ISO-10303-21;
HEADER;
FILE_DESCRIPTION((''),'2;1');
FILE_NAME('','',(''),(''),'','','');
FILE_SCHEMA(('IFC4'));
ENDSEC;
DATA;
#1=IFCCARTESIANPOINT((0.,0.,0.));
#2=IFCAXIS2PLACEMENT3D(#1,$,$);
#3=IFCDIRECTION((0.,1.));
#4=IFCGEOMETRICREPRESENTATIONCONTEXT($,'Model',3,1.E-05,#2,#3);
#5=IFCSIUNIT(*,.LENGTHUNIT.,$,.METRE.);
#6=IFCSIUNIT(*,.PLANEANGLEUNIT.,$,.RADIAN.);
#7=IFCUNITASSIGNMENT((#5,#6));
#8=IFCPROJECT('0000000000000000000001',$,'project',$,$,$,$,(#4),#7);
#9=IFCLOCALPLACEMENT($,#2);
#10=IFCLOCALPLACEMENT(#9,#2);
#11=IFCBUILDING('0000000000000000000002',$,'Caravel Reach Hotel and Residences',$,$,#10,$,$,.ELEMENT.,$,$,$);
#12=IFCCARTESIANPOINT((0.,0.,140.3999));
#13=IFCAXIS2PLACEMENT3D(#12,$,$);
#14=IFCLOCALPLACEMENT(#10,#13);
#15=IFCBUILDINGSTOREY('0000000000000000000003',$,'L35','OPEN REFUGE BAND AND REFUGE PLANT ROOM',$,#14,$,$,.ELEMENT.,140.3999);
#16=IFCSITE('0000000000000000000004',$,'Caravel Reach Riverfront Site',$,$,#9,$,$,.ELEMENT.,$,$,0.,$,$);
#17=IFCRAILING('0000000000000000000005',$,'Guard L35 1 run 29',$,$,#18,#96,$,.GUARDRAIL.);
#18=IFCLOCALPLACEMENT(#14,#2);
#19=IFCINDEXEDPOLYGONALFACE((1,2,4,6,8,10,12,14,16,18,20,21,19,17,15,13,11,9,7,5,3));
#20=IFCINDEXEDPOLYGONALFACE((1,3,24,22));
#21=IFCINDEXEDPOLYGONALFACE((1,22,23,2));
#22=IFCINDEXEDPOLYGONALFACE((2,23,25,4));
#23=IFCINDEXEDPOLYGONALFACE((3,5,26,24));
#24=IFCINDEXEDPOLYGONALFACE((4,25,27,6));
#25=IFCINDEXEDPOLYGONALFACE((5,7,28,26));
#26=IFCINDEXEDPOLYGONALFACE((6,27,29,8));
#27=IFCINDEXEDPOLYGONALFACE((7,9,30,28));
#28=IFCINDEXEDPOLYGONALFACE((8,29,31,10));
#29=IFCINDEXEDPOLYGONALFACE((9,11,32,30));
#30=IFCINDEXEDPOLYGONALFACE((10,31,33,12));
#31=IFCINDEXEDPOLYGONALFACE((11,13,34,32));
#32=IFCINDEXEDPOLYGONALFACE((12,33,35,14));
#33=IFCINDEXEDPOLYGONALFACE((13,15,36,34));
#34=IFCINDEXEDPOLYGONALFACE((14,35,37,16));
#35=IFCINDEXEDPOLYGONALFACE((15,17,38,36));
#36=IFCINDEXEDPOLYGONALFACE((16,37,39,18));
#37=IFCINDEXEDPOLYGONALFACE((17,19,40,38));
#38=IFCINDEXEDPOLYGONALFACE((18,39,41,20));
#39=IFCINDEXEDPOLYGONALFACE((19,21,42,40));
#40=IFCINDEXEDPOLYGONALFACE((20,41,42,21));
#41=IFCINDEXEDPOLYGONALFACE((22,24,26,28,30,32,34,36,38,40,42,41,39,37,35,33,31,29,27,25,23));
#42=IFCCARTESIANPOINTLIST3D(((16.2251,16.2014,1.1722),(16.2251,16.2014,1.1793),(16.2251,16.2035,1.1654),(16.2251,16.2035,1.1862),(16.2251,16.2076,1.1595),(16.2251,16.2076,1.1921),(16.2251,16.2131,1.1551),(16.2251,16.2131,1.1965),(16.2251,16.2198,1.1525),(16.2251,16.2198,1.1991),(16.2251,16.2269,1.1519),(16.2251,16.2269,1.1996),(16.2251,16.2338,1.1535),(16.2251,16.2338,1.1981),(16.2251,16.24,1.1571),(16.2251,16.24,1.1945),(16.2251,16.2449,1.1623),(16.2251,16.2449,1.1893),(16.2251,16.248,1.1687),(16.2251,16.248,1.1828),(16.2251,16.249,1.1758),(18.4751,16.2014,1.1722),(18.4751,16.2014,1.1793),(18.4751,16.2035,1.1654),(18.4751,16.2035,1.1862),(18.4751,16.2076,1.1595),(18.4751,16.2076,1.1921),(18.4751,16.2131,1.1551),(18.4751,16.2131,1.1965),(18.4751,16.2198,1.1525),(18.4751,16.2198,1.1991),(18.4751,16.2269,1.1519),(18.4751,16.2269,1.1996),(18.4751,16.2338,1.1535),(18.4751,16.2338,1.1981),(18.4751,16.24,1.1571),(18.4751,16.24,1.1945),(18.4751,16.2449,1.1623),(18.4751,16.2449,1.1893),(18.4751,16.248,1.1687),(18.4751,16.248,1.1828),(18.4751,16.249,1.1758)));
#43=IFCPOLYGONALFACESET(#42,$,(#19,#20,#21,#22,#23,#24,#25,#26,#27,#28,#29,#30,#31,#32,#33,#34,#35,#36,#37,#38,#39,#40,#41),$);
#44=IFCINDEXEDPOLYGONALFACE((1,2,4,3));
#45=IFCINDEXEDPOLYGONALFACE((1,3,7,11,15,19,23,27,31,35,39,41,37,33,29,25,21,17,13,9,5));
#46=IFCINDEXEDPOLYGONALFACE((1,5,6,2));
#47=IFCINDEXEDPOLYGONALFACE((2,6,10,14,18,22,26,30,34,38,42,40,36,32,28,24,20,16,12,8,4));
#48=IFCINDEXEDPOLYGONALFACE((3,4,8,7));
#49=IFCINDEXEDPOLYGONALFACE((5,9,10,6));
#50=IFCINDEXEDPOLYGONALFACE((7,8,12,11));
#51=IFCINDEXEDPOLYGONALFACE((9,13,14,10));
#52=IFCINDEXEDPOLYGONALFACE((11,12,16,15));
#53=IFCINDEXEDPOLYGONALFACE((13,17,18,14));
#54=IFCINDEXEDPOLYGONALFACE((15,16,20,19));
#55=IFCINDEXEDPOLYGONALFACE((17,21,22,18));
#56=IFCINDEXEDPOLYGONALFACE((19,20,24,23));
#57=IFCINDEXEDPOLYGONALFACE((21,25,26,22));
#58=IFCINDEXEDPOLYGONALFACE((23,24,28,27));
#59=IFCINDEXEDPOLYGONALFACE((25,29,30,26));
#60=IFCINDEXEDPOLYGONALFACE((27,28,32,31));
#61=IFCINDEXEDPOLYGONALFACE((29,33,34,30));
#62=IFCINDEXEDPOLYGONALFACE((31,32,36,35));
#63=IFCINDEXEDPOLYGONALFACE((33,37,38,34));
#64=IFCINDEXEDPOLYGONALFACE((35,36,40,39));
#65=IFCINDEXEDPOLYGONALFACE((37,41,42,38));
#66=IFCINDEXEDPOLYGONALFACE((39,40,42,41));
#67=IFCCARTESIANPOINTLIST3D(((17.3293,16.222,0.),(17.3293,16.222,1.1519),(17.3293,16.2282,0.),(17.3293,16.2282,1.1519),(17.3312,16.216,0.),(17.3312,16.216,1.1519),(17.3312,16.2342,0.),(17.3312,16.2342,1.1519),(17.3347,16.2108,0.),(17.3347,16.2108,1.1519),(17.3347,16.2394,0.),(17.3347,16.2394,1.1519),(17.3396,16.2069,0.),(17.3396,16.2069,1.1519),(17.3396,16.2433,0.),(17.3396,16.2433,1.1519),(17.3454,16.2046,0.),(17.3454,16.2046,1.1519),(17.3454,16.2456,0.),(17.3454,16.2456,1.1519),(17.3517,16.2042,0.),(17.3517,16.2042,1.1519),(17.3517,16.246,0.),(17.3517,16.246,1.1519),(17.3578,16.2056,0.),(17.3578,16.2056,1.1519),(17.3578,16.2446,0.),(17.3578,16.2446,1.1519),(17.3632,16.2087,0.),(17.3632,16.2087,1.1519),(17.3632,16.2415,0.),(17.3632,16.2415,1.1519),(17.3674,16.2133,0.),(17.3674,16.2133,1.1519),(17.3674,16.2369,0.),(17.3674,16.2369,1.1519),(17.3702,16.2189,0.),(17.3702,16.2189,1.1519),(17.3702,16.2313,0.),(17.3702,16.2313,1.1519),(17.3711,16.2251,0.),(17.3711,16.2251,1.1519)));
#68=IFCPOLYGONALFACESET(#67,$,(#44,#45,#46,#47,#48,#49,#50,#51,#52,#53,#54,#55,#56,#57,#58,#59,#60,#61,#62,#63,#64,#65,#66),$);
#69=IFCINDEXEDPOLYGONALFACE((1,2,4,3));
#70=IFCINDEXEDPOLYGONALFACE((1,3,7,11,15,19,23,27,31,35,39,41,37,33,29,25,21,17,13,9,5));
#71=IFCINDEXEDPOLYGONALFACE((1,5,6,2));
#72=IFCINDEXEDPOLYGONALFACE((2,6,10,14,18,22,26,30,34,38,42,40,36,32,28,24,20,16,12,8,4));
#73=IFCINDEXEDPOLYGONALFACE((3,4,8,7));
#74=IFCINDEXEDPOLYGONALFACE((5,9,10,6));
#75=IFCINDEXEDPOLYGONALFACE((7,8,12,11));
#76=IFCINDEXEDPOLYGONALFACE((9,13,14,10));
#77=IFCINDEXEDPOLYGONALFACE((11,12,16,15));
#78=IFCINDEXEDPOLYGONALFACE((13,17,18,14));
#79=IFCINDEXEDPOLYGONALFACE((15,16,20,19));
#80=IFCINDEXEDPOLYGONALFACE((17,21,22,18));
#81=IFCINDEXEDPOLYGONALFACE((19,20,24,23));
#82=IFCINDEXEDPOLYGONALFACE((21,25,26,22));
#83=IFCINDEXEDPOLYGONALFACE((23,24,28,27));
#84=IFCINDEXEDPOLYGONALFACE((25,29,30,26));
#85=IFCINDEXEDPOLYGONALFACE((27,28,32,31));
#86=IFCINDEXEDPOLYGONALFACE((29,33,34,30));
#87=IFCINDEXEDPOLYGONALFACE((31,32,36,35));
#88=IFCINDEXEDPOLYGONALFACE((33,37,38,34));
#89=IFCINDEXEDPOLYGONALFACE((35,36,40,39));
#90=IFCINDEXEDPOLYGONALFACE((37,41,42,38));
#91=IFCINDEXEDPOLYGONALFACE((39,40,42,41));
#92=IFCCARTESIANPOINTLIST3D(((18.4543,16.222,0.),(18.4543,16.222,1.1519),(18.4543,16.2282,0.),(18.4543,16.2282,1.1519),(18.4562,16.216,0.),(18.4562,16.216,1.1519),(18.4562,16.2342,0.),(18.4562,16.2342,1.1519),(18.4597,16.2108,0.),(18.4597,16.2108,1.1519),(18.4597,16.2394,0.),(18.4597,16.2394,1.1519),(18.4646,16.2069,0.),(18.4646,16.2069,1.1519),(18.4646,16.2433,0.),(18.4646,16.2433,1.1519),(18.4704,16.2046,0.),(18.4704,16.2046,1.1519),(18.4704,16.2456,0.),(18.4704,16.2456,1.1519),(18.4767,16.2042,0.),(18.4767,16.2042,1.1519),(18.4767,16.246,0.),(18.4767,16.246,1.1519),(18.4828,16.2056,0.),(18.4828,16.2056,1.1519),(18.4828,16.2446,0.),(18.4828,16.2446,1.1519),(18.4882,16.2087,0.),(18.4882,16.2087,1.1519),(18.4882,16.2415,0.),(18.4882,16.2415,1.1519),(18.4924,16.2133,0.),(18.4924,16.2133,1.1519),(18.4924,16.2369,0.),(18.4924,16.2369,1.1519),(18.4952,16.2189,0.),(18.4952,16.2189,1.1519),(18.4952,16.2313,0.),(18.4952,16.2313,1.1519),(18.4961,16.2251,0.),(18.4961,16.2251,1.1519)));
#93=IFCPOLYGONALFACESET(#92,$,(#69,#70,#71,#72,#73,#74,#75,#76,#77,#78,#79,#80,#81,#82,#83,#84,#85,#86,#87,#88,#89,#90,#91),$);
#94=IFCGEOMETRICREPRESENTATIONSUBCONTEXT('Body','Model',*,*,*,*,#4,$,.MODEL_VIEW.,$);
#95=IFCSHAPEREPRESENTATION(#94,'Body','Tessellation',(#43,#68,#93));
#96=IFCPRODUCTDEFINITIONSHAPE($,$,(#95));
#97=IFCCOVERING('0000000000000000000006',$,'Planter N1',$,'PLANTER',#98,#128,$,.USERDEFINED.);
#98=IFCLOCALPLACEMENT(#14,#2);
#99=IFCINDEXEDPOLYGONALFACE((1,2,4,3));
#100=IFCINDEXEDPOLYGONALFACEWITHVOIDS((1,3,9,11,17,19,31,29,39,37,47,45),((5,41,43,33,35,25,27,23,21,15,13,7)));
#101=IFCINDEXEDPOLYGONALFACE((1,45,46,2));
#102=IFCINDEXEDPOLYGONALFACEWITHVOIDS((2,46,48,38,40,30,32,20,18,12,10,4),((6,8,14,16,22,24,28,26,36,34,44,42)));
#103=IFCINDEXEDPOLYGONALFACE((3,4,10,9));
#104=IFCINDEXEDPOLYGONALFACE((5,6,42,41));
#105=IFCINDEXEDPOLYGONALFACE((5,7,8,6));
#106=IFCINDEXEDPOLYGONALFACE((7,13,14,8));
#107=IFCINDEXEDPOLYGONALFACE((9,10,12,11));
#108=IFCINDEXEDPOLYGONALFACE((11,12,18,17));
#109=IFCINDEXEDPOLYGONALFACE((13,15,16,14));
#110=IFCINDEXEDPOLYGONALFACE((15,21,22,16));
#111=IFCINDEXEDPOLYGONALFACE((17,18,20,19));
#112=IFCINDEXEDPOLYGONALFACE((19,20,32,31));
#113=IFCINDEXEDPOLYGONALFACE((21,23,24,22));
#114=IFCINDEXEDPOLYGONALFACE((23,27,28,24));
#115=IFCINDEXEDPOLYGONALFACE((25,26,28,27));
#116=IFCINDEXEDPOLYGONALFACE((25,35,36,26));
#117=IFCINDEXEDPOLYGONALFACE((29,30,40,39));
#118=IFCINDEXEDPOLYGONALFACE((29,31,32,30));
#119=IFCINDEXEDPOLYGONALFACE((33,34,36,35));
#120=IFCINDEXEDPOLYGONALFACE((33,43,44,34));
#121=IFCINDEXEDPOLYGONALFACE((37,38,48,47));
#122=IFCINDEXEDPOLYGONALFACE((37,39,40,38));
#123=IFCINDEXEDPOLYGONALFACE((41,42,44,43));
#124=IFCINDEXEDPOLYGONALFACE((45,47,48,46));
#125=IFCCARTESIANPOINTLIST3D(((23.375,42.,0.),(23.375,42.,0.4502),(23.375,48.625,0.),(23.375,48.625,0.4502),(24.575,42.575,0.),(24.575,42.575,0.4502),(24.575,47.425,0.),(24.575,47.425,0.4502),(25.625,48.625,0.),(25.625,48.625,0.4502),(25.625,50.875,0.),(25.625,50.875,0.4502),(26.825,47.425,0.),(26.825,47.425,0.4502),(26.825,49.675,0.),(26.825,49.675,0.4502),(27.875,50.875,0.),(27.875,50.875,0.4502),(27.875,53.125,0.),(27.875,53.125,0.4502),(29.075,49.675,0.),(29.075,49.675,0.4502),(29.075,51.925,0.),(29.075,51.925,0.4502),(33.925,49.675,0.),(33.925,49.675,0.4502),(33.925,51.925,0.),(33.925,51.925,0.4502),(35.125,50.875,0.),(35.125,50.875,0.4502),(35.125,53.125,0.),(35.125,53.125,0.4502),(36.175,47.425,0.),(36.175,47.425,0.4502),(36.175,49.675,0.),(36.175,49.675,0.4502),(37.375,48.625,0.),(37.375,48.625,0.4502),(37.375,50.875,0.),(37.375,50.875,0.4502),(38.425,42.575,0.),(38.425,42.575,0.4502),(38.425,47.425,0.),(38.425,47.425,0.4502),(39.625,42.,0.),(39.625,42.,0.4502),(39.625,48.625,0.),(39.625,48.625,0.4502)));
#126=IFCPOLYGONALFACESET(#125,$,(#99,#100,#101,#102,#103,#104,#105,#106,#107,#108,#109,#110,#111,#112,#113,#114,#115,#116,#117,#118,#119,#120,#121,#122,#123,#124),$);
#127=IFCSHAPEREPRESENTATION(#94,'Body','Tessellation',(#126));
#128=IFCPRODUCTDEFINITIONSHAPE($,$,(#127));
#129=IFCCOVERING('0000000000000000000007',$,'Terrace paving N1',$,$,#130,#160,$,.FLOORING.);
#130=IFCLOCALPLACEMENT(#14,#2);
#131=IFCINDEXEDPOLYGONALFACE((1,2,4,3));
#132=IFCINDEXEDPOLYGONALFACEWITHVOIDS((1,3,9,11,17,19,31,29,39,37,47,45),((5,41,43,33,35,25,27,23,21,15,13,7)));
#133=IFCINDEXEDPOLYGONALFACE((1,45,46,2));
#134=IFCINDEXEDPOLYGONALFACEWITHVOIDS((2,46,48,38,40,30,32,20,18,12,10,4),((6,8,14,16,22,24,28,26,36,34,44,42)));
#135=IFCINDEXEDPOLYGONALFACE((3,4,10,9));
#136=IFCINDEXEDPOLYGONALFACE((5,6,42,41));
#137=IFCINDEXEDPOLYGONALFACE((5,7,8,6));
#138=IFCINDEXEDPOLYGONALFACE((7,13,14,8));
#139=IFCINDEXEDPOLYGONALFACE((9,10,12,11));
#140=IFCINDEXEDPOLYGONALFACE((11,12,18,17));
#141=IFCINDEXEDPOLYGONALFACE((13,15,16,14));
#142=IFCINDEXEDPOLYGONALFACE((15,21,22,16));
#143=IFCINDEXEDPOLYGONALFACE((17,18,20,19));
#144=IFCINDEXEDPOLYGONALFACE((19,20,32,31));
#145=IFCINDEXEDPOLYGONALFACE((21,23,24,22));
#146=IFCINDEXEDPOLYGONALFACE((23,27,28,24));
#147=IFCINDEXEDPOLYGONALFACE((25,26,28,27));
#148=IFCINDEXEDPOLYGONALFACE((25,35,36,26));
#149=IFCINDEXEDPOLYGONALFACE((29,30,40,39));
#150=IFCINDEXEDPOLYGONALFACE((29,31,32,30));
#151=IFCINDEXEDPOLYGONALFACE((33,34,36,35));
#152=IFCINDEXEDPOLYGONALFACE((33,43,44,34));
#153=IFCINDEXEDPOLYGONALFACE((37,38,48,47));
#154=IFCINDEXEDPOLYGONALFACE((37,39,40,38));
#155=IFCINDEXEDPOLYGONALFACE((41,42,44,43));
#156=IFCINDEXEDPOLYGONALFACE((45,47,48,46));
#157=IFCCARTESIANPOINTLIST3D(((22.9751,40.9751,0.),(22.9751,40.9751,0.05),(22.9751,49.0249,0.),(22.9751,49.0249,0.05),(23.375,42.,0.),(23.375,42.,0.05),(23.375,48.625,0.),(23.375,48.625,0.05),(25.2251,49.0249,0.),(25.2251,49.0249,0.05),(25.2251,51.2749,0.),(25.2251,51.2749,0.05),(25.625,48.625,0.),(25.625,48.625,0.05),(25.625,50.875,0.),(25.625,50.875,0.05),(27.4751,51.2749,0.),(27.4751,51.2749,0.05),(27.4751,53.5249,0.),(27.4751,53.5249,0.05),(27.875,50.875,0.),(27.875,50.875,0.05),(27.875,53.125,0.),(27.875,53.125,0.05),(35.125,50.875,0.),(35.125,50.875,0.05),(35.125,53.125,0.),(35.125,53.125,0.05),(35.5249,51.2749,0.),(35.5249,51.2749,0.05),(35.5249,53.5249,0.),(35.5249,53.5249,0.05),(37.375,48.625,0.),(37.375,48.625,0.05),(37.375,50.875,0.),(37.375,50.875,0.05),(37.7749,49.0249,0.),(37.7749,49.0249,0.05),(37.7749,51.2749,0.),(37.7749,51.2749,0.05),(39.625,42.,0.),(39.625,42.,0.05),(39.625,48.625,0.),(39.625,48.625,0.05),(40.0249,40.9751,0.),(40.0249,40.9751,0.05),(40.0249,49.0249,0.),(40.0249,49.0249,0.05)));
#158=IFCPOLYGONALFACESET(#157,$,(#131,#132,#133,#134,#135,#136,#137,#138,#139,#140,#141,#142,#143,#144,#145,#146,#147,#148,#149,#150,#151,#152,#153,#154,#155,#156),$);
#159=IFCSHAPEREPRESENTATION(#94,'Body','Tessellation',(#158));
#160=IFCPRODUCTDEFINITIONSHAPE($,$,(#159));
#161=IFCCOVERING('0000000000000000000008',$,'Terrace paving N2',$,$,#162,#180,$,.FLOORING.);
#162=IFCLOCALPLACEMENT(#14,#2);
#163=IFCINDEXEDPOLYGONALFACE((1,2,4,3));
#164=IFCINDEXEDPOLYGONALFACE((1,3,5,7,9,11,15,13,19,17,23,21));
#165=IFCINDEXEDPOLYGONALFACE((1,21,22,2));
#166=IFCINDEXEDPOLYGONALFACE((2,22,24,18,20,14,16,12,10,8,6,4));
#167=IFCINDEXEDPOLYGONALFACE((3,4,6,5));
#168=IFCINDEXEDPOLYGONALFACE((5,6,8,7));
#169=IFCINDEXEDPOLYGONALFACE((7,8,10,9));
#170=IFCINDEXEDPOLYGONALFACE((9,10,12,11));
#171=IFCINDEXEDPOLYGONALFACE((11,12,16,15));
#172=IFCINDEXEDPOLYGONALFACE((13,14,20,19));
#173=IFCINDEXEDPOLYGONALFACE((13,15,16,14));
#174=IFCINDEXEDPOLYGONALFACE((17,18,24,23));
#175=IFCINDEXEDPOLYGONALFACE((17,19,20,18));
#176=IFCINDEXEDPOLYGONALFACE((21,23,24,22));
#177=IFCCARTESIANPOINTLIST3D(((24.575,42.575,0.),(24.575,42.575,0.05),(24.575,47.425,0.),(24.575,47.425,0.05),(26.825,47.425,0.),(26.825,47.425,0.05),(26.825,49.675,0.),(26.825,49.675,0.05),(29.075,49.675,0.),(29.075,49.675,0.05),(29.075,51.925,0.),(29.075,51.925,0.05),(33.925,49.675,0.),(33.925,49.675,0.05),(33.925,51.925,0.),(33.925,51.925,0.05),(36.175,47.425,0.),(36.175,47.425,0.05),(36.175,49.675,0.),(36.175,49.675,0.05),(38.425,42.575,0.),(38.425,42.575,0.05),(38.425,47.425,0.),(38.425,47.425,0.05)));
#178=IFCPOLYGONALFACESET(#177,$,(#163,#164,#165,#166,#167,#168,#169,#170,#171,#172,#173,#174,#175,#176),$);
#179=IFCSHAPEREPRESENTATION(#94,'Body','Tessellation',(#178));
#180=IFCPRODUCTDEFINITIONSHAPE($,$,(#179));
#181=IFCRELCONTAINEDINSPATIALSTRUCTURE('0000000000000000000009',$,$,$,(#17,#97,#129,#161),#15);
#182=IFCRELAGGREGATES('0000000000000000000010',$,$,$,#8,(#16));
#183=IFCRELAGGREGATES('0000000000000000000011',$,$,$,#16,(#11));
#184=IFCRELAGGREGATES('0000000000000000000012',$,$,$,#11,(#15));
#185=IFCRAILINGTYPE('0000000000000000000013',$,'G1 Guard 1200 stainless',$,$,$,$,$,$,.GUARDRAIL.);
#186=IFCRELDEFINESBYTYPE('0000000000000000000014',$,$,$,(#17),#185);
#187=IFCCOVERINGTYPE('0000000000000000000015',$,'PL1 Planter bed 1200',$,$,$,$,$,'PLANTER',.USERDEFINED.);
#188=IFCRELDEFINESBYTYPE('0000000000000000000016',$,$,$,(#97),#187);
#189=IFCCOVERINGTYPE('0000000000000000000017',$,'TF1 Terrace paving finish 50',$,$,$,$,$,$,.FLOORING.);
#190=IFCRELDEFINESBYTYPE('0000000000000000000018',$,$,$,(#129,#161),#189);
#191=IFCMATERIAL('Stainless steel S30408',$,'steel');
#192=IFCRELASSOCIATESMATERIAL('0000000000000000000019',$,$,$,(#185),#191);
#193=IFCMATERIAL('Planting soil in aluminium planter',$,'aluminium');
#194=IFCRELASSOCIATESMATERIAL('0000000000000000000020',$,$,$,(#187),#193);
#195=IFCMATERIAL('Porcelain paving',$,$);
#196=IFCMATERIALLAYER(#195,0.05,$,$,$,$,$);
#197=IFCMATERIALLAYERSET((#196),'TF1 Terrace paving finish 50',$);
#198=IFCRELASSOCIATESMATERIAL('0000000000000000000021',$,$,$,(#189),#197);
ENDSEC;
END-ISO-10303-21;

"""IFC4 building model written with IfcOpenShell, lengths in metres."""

from ifc_helpers import new_model, si_unit, direction, frame, origin, origin_2d, place, context, subcontext, project, spatial, polyline, circle, outline, extrude, material, layer, layer_set, type_object, element, save


model = new_model("IFC4")

# Units and contexts
model_context = context("Model", 3, precision=1e-05, world=origin(), true_north=direction((0.0, 1.0)))
body_context = subcontext(model_context, "Body", "Model", "MODEL_VIEW")
ifc_project = project(units=[si_unit("LENGTHUNIT", "METRE"), si_unit("PLANEANGLEUNIT", "RADIAN")], contexts=[model_context])

# Site, building, storey
site_placement = place(None, origin())
site = spatial("IfcSite", under=ifc_project, at=site_placement, Name="Caravel Reach Riverfront Site", CompositionType="ELEMENT", RefElevation=0.0)
building_placement = place(site_placement, origin())
building = spatial("IfcBuilding", under=site, at=building_placement, Name="Caravel Reach Hotel and Residences", CompositionType="ELEMENT")
storey_placement = place(building_placement, frame((0.0, 0.0, 140.3999)))
storey = spatial("IfcBuildingStorey", under=building, at=storey_placement, Name="L35", Description="OPEN REFUGE BAND AND REFUGE PLANT ROOM", CompositionType="ELEMENT", Elevation=140.3999)

# Railing
ifc_material_1 = material(Name="Stainless steel S30408", Category="steel")
railing_type = type_object("IfcRailingType", Name="G1 Guard 1200 stainless", PredefinedType="GUARDRAIL", material=ifc_material_1)
railing_placement = place(storey_placement, frame((16.2251, 16.2251, 0.0)))
element("IfcRailing", 1, at=railing_placement, inside=storey, type_object=railing_type, Name="Guard L35 1 run 29", PredefinedType="GUARDRAIL", context=body_context, shape_type="SweptSolid", body=[
    extrude(circle(Radius=0.0239, at=origin_2d()), frame((0.0, 0.0, 1.1758), z_axis=(1.0, 0.0, 0.0), x_axis=(0.0, 1.0, 0.0)), (0.0, 0.0, 1.0), 2.25),
    extrude(circle(Radius=0.021, at=origin_2d()), frame((1.125, 0.0, 0.0)), (0.0, 0.0, 1.0), 1.1519),
    extrude(circle(Radius=0.021, at=origin_2d()), frame((2.25, 0.0, 0.0)), (0.0, 0.0, 1.0), 1.1519),
])

# Coverings
ifc_material_2 = material(Name="Planting soil in aluminium planter", Category="aluminium")
covering_type_1 = type_object("IfcCoveringType", Name="PL1 Planter bed 1200", ElementType="PLANTER", PredefinedType="USERDEFINED", material=ifc_material_2)
covering_1_placement = place(storey_placement, origin())
element("IfcCovering", 2, at=covering_1_placement, inside=storey, type_object=covering_type_1, Name="Planter N1", ObjectType="PLANTER", PredefinedType="USERDEFINED", context=body_context, shape_type="SweptSolid", body=[
    extrude(outline(polyline([(25.625, 50.875), (25.625, 48.625), (23.375, 48.625), (23.375, 42.0), (39.625, 42.0), (39.625, 48.625), (37.375, 48.625), (37.375, 50.875), (35.125, 50.875), (35.125, 53.125), (27.875, 53.125), (27.875, 50.875), (25.625, 50.875)]), holes=[polyline([(38.425, 42.575), (24.575, 42.575), (24.575, 47.425), (26.825, 47.425), (26.825, 49.675), (29.075, 49.675), (29.075, 51.925), (33.925, 51.925), (33.925, 49.675), (36.175, 49.675), (36.175, 47.425), (38.425, 47.425), (38.425, 42.575)])]), origin(), (0.0, 0.0, 1.0), 0.4502),
])
ifc_material_3 = material(Name="Porcelain paving")
ifc_layer_1 = layer(ifc_material_3, 0.05)
ifc_layer_set_1 = layer_set([ifc_layer_1], Name="TF1 Terrace paving finish 50")
covering_type_2 = type_object("IfcCoveringType", Name="TF1 Terrace paving finish 50", PredefinedType="FLOORING", material=ifc_layer_set_1)
covering_2_placement = place(storey_placement, origin())
element("IfcCovering", 3, at=covering_2_placement, inside=storey, type_object=covering_type_2, Name="Terrace paving N1", PredefinedType="FLOORING", context=body_context, shape_type="SweptSolid", body=[
    extrude(outline(polyline([(25.2251, 49.0249), (22.9751, 49.0249), (22.9751, 40.9751), (40.0249, 40.9751), (40.0249, 49.0249), (37.7749, 49.0249), (37.7749, 51.2749), (35.5249, 51.2749), (35.5249, 53.5249), (27.4751, 53.5249), (27.4751, 51.2749), (25.2251, 51.2749), (25.2251, 49.0249)]), holes=[polyline([(25.625, 48.625), (25.625, 50.875), (27.875, 50.875), (27.875, 53.125), (35.125, 53.125), (35.125, 50.875), (37.375, 50.875), (37.375, 48.625), (39.625, 48.625), (39.625, 42.0), (23.375, 42.0), (23.375, 48.625), (25.625, 48.625)])]), origin(), (0.0, 0.0, 1.0), 0.05),
])
covering_3_placement = place(storey_placement, origin())
element("IfcCovering", 4, at=covering_3_placement, inside=storey, type_object=covering_type_2, Name="Terrace paving N2", PredefinedType="FLOORING", context=body_context, shape_type="SweptSolid", body=[
    extrude(outline(polyline([(24.575, 42.575), (38.425, 42.575), (38.425, 47.425), (36.175, 47.425), (36.175, 49.675), (33.925, 49.675), (33.925, 51.925), (29.075, 51.925), (29.075, 49.675), (26.825, 49.675), (26.825, 47.425), (24.575, 47.425), (24.575, 42.575)])), origin(), (0.0, 0.0, 1.0), 0.05),
])

save(model, "model.ifc")
